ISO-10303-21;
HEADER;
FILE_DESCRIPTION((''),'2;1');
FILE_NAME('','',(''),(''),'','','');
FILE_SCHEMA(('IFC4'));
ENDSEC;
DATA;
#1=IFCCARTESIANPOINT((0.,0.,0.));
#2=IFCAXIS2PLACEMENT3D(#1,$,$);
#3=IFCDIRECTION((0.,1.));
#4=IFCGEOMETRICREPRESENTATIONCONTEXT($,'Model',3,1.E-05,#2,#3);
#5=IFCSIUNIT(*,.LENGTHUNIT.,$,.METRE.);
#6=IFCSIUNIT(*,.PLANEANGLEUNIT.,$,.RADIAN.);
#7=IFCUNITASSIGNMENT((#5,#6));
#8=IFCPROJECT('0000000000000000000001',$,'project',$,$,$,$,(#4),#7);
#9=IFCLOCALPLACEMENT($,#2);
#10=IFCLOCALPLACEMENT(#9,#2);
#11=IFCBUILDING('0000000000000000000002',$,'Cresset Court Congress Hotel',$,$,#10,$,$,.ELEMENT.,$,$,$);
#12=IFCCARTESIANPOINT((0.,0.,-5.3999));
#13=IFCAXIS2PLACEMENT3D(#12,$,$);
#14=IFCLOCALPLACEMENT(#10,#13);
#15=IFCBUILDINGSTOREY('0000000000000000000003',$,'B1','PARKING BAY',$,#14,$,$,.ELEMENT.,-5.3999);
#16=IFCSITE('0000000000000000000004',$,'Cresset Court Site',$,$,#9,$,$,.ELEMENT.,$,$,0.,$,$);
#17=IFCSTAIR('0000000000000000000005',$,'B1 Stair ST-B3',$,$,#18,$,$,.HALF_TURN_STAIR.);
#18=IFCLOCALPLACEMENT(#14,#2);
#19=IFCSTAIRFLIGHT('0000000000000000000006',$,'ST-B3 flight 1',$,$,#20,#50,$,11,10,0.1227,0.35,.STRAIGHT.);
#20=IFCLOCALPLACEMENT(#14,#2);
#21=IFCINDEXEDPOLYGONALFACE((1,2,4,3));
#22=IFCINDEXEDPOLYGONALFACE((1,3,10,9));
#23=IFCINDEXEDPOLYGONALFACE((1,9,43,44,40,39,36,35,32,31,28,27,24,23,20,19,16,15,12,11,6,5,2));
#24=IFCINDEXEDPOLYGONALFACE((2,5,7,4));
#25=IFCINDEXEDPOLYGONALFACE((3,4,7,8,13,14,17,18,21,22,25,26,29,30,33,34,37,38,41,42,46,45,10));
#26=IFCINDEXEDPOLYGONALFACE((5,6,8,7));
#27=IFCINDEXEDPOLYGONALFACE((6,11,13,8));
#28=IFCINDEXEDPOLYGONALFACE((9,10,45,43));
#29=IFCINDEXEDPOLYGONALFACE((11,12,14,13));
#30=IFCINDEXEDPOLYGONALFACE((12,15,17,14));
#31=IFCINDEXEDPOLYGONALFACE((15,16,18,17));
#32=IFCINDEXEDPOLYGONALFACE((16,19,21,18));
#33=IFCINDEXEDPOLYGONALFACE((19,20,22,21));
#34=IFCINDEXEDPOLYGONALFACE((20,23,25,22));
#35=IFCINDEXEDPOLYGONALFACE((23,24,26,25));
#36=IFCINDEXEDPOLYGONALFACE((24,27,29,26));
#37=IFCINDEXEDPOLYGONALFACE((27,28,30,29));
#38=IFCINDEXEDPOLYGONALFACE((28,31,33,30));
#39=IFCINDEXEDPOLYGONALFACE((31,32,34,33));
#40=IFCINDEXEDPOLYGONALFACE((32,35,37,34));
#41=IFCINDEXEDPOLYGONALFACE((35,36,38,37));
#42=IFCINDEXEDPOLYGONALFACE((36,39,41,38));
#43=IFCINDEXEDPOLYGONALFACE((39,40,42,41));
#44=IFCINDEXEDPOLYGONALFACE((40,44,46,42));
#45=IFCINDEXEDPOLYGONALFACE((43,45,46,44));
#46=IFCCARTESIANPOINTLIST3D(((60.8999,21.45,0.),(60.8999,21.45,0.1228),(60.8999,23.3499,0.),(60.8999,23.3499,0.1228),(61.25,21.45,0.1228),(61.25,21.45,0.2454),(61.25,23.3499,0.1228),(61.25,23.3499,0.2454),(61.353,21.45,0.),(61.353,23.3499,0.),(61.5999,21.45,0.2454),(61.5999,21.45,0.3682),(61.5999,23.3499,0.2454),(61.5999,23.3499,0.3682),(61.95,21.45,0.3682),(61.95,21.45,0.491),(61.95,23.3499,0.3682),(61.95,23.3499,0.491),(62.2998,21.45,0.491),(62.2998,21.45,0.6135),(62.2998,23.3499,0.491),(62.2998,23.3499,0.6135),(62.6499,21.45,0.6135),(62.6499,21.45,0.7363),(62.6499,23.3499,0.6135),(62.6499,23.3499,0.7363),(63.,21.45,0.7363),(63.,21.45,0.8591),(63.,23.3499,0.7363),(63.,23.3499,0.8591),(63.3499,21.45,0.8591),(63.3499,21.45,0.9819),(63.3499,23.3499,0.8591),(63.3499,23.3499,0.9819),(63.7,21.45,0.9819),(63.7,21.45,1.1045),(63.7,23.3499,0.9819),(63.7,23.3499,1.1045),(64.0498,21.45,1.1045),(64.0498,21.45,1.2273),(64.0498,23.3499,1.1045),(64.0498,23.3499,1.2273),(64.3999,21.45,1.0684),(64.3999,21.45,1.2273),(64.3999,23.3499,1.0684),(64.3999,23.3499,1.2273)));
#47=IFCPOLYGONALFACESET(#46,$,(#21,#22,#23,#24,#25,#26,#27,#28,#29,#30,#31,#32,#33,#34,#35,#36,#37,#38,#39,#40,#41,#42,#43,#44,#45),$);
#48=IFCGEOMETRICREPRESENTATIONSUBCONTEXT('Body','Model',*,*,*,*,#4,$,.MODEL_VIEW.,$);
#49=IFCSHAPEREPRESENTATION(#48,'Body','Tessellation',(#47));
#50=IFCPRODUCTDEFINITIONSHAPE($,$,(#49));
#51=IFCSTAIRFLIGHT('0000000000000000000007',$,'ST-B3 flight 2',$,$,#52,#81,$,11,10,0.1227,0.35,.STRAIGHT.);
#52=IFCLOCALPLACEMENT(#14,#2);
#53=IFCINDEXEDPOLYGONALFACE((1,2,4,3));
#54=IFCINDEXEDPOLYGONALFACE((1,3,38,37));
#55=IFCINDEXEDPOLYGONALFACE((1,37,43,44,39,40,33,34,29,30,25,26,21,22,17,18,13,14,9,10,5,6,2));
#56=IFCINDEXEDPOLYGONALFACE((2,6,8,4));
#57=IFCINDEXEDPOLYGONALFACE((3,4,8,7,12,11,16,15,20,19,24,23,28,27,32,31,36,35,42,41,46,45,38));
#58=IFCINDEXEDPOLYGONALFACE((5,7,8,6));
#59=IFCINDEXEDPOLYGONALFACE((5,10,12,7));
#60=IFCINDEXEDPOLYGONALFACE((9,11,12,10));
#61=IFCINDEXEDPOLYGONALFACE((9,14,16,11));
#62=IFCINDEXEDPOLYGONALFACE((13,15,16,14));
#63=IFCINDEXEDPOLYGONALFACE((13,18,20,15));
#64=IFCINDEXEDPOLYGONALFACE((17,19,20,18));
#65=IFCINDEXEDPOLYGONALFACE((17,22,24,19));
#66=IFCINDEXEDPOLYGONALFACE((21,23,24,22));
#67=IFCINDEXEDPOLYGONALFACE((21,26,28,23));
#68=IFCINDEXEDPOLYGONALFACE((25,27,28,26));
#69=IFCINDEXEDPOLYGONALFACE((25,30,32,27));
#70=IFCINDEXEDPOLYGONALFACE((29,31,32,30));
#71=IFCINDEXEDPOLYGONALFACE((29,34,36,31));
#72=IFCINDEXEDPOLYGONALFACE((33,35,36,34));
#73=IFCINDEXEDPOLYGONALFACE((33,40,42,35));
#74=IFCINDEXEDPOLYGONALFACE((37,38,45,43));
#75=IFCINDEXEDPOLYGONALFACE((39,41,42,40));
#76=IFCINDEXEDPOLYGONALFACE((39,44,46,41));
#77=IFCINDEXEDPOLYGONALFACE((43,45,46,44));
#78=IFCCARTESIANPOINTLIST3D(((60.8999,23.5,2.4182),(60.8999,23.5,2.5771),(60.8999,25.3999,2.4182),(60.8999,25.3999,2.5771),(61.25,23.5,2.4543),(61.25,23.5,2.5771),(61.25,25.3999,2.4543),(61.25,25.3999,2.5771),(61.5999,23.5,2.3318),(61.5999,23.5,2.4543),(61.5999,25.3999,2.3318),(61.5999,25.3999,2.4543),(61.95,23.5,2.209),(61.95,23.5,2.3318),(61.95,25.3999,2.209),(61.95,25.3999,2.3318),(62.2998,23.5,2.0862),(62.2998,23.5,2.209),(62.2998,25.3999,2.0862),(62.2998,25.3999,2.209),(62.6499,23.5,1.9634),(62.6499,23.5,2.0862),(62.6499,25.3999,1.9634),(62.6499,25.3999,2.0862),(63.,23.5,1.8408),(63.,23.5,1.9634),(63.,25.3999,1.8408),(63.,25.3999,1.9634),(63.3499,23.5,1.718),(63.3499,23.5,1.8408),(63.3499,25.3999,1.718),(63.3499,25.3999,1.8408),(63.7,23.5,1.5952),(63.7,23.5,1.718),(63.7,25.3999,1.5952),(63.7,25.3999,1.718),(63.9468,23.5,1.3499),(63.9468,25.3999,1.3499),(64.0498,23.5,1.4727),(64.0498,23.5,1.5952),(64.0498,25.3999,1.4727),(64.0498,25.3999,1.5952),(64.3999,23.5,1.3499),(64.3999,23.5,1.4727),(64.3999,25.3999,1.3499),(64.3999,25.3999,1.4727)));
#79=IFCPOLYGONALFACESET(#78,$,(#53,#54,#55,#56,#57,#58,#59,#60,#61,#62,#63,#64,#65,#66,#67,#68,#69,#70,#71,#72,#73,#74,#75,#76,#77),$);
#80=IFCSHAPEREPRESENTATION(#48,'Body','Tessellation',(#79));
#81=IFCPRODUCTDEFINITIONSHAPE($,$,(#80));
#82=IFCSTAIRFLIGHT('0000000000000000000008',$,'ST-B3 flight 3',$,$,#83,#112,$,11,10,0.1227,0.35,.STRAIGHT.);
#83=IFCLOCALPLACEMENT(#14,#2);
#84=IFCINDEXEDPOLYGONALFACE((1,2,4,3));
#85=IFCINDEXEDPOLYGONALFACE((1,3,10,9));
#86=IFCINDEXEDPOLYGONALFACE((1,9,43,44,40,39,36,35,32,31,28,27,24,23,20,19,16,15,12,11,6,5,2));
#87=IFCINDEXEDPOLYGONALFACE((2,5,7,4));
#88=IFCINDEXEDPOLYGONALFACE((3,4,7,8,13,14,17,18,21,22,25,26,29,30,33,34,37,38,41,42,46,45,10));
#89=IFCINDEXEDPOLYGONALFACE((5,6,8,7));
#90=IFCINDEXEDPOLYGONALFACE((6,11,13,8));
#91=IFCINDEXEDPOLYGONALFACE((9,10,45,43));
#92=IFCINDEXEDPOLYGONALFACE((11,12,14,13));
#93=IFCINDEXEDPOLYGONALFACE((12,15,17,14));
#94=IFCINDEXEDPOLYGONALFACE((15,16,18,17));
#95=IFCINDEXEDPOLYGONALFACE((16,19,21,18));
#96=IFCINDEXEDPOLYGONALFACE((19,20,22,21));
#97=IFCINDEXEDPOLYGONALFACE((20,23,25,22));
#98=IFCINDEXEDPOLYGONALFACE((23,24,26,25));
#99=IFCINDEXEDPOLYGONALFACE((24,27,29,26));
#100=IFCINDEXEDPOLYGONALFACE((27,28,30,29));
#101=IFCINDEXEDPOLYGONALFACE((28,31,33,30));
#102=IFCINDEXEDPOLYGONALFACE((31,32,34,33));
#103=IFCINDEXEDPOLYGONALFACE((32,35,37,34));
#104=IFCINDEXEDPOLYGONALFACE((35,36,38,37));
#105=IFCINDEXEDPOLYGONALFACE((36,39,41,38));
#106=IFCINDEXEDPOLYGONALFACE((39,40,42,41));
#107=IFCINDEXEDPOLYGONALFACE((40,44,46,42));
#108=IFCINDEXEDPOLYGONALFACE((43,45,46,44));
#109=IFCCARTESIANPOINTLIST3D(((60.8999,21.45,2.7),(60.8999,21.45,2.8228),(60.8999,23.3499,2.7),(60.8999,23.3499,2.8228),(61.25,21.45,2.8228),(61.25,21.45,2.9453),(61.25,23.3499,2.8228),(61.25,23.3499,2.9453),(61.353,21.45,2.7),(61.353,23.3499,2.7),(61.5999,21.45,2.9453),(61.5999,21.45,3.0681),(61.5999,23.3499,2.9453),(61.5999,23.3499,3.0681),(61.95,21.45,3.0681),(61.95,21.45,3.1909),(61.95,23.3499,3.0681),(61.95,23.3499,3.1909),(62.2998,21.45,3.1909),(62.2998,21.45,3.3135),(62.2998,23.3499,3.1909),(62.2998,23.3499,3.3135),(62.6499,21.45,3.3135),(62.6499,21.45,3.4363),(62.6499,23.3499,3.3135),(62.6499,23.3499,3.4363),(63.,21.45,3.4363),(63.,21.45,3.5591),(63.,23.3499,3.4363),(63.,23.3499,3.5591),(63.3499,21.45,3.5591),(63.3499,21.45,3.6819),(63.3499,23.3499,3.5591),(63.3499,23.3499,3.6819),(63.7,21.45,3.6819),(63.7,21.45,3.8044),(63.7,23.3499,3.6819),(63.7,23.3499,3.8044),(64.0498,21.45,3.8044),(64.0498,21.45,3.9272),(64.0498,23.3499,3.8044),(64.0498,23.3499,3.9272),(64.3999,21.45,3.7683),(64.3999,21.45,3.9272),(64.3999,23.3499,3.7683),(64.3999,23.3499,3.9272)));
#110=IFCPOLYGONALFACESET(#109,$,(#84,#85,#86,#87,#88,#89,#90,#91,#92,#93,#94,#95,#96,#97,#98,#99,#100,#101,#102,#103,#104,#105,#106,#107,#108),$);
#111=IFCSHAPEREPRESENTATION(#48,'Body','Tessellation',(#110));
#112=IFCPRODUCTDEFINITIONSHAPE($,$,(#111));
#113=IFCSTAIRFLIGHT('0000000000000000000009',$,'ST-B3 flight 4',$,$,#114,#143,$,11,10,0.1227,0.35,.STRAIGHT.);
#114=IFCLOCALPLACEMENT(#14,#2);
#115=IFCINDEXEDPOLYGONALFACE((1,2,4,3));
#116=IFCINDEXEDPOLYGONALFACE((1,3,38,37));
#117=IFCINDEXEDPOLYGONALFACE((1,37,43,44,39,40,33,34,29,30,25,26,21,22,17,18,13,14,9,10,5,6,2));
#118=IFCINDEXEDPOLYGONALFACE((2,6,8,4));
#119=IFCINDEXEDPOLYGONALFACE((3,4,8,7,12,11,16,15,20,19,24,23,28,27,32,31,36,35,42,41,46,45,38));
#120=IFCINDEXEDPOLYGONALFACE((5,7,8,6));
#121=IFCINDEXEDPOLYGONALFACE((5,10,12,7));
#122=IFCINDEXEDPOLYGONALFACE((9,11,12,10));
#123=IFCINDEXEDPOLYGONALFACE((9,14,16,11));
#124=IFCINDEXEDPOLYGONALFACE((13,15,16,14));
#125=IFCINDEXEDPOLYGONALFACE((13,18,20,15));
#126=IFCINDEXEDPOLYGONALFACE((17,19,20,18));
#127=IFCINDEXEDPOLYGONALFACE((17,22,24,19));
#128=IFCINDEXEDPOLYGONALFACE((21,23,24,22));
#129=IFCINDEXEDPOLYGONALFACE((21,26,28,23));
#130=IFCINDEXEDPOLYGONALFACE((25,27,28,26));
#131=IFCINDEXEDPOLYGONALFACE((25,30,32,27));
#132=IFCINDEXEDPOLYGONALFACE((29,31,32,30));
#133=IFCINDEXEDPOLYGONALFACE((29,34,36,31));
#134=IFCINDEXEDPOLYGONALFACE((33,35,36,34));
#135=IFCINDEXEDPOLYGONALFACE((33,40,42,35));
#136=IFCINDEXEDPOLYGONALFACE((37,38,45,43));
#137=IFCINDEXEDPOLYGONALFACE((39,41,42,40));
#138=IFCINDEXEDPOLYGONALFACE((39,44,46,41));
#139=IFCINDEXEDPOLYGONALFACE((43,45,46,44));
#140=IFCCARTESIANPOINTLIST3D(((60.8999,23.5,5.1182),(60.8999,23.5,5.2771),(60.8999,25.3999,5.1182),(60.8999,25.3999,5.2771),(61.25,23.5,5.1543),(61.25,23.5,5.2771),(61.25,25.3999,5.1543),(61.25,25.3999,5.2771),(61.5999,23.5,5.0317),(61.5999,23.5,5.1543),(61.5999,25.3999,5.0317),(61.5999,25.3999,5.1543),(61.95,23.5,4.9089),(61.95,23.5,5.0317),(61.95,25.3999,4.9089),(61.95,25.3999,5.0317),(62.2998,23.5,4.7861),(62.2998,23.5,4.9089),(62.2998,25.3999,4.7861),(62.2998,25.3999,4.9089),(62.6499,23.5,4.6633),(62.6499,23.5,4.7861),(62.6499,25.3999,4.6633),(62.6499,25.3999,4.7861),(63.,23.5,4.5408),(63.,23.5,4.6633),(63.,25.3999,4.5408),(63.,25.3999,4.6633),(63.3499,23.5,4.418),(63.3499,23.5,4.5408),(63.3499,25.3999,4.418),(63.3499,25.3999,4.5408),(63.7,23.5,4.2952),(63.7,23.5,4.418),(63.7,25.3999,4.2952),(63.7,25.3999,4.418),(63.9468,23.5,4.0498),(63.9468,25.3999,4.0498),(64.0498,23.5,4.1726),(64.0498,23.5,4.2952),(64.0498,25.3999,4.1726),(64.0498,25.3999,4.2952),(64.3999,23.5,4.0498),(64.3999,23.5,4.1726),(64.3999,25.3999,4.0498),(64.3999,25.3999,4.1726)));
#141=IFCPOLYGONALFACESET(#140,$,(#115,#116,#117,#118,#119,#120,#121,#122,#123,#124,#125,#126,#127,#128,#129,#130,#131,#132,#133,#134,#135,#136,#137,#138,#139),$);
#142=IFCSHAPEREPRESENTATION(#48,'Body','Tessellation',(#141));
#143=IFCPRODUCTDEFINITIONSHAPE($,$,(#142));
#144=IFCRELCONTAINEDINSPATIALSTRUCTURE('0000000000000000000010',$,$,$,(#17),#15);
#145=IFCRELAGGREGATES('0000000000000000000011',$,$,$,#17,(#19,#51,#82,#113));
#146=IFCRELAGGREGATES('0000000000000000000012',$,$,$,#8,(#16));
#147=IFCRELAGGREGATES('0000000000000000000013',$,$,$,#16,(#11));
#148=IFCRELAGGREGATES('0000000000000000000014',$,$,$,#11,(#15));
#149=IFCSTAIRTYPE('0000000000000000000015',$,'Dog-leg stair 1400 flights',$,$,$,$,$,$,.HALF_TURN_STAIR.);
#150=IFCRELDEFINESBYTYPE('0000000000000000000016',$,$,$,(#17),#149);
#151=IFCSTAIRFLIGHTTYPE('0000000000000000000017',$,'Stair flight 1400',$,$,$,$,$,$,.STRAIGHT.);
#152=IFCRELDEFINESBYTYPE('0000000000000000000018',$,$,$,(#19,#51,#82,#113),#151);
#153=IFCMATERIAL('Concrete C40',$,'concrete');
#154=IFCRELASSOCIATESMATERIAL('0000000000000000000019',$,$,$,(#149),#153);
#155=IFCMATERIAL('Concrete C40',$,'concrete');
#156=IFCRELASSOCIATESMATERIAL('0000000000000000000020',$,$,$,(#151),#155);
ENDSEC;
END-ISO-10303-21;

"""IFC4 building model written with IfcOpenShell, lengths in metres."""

from ifc_helpers import new_model, si_unit, direction, frame, origin, place, context, subcontext, project, spatial, polyline, outline, extrude, material, type_object, element, aggregate, save


model = new_model("IFC4")

# Units and contexts
model_context = context("Model", 3, precision=1e-05, world=origin(), true_north=direction((0.0, 1.0)))
body_context = subcontext(model_context, "Body", "Model", "MODEL_VIEW")
ifc_project = project(units=[si_unit("LENGTHUNIT", "METRE"), si_unit("PLANEANGLEUNIT", "RADIAN")], contexts=[model_context])

# Site, building, storey
site_placement = place(None, origin())
site = spatial("IfcSite", under=ifc_project, at=site_placement, Name="Cresset Court Site", CompositionType="ELEMENT", RefElevation=0.0)
building_placement = place(site_placement, origin())
building = spatial("IfcBuilding", under=site, at=building_placement, Name="Cresset Court Congress Hotel", CompositionType="ELEMENT")
storey_placement = place(building_placement, frame((0.0, 0.0, -5.3999)))
storey = spatial("IfcBuildingStorey", under=building, at=storey_placement, Name="B1", Description="PARKING BAY", CompositionType="ELEMENT", Elevation=-5.3999)

# Stair, stair flights
ifc_material_1 = material(Name="Concrete C40", Category="concrete")
stair_type = type_object("IfcStairType", Name="Dog-leg stair 1400 flights", PredefinedType="HALF_TURN_STAIR", material=ifc_material_1)
stair_placement = place(storey_placement, origin())
stair = element("IfcStair", 1, at=stair_placement, inside=storey, type_object=stair_type, Name="B1 Stair ST-B3", PredefinedType="HALF_TURN_STAIR")
ifc_material_2 = material(Name="Concrete C40", Category="concrete")
stair_flight_type = type_object("IfcStairFlightType", Name="Stair flight 1400", PredefinedType="STRAIGHT", material=ifc_material_2)
stair_flight_1_placement = place(storey_placement, frame((60.8999, 22.3999, 0.0), z_axis=(0.0, 0.0, 1.0), x_axis=(1.0, 0.0, 0.0)))
stair_flight_1 = element("IfcStairFlight", 2, at=stair_flight_1_placement, type_object=stair_flight_type, Name="ST-B3 flight 1", NumberOfRisers=11, NumberOfTreads=10, PredefinedType="STRAIGHT", RiserHeight=0.1227, TreadLength=0.35, context=body_context, shape_type="SweptSolid", body=[
    extrude(outline(polyline([(0.0, 0.0), (0.0, 0.1228), (0.3501, 0.1228), (0.3501, 0.2454), (0.7, 0.2454), (0.7, 0.3682), (1.05, 0.3682), (1.05, 0.491), (1.3999, 0.491), (1.3999, 0.6135), (1.75, 0.6135), (1.75, 0.7363), (2.1001, 0.7363), (2.1001, 0.8591), (2.45, 0.8591), (2.45, 0.9819), (2.8, 0.9819), (2.8, 1.1045), (3.1499, 1.1045), (3.1499, 1.2273), (3.5, 1.2273), (3.5, 1.3501), (3.5, 1.0684), (0.4531, 0.0), (0.0, 0.0)])), frame((0.0, 0.95, 0.0), z_axis=(0.0, -1.0, 0.0), x_axis=(1.0, 0.0, 0.0)), (0.0, 0.0, 1.0), 1.8999),
])
stair_flight_2_placement = place(storey_placement, frame((64.3999, 24.45, 1.3499), z_axis=(0.0, 0.0, 1.0), x_axis=(-1.0, 0.0, 0.0)))
stair_flight_2 = element("IfcStairFlight", 3, at=stair_flight_2_placement, type_object=stair_flight_type, Name="ST-B3 flight 2", NumberOfRisers=11, NumberOfTreads=10, PredefinedType="STRAIGHT", RiserHeight=0.1227, TreadLength=0.35, context=body_context, shape_type="SweptSolid", body=[
    extrude(outline(polyline([(0.0, 0.0), (0.0, 0.1228), (0.3501, 0.1228), (0.3501, 0.2454), (0.7, 0.2454), (0.7, 0.3682), (1.05, 0.3682), (1.05, 0.491), (1.3999, 0.491), (1.3999, 0.6135), (1.75, 0.6135), (1.75, 0.7363), (2.1001, 0.7363), (2.1001, 0.8591), (2.45, 0.8591), (2.45, 0.9819), (2.8, 0.9819), (2.8, 1.1045), (3.1499, 1.1045), (3.1499, 1.2273), (3.5, 1.2273), (3.5, 1.3501), (3.5, 1.0684), (0.4531, 0.0), (0.0, 0.0)])), frame((0.0, 0.95, 0.0), z_axis=(0.0, -1.0, 0.0), x_axis=(1.0, 0.0, 0.0)), (0.0, 0.0, 1.0), 1.8999),
])
stair_flight_3_placement = place(storey_placement, frame((60.8999, 22.3999, 2.7), z_axis=(0.0, 0.0, 1.0), x_axis=(1.0, 0.0, 0.0)))
stair_flight_3 = element("IfcStairFlight", 4, at=stair_flight_3_placement, type_object=stair_flight_type, Name="ST-B3 flight 3", NumberOfRisers=11, NumberOfTreads=10, PredefinedType="STRAIGHT", RiserHeight=0.1227, TreadLength=0.35, context=body_context, shape_type="SweptSolid", body=[
    extrude(outline(polyline([(0.0, 0.0), (0.0, 0.1228), (0.3501, 0.1228), (0.3501, 0.2454), (0.7, 0.2454), (0.7, 0.3682), (1.05, 0.3682), (1.05, 0.491), (1.3999, 0.491), (1.3999, 0.6135), (1.75, 0.6135), (1.75, 0.7363), (2.1001, 0.7363), (2.1001, 0.8591), (2.45, 0.8591), (2.45, 0.9819), (2.8, 0.9819), (2.8, 1.1045), (3.1499, 1.1045), (3.1499, 1.2273), (3.5, 1.2273), (3.5, 1.3501), (3.5, 1.0684), (0.4531, 0.0), (0.0, 0.0)])), frame((0.0, 0.95, 0.0), z_axis=(0.0, -1.0, 0.0), x_axis=(1.0, 0.0, 0.0)), (0.0, 0.0, 1.0), 1.8999),
])
stair_flight_4_placement = place(storey_placement, frame((64.3999, 24.45, 4.0498), z_axis=(0.0, 0.0, 1.0), x_axis=(-1.0, 0.0, 0.0)))
stair_flight_4 = element("IfcStairFlight", 5, at=stair_flight_4_placement, type_object=stair_flight_type, Name="ST-B3 flight 4", NumberOfRisers=11, NumberOfTreads=10, PredefinedType="STRAIGHT", RiserHeight=0.1227, TreadLength=0.35, context=body_context, shape_type="SweptSolid", body=[
    extrude(outline(polyline([(0.0, 0.0), (0.0, 0.1228), (0.3501, 0.1228), (0.3501, 0.2454), (0.7, 0.2454), (0.7, 0.3682), (1.05, 0.3682), (1.05, 0.491), (1.3999, 0.491), (1.3999, 0.6135), (1.75, 0.6135), (1.75, 0.7363), (2.1001, 0.7363), (2.1001, 0.8591), (2.45, 0.8591), (2.45, 0.9819), (2.8, 0.9819), (2.8, 1.1045), (3.1499, 1.1045), (3.1499, 1.2273), (3.5, 1.2273), (3.5, 1.3501), (3.5, 1.0684), (0.4531, 0.0), (0.0, 0.0)])), frame((0.0, 0.95, 0.0), z_axis=(0.0, -1.0, 0.0), x_axis=(1.0, 0.0, 0.0)), (0.0, 0.0, 1.0), 1.8999),
])
aggregate(stair, [stair_flight_1, stair_flight_2, stair_flight_3, stair_flight_4])

save(model, "model.ifc")
